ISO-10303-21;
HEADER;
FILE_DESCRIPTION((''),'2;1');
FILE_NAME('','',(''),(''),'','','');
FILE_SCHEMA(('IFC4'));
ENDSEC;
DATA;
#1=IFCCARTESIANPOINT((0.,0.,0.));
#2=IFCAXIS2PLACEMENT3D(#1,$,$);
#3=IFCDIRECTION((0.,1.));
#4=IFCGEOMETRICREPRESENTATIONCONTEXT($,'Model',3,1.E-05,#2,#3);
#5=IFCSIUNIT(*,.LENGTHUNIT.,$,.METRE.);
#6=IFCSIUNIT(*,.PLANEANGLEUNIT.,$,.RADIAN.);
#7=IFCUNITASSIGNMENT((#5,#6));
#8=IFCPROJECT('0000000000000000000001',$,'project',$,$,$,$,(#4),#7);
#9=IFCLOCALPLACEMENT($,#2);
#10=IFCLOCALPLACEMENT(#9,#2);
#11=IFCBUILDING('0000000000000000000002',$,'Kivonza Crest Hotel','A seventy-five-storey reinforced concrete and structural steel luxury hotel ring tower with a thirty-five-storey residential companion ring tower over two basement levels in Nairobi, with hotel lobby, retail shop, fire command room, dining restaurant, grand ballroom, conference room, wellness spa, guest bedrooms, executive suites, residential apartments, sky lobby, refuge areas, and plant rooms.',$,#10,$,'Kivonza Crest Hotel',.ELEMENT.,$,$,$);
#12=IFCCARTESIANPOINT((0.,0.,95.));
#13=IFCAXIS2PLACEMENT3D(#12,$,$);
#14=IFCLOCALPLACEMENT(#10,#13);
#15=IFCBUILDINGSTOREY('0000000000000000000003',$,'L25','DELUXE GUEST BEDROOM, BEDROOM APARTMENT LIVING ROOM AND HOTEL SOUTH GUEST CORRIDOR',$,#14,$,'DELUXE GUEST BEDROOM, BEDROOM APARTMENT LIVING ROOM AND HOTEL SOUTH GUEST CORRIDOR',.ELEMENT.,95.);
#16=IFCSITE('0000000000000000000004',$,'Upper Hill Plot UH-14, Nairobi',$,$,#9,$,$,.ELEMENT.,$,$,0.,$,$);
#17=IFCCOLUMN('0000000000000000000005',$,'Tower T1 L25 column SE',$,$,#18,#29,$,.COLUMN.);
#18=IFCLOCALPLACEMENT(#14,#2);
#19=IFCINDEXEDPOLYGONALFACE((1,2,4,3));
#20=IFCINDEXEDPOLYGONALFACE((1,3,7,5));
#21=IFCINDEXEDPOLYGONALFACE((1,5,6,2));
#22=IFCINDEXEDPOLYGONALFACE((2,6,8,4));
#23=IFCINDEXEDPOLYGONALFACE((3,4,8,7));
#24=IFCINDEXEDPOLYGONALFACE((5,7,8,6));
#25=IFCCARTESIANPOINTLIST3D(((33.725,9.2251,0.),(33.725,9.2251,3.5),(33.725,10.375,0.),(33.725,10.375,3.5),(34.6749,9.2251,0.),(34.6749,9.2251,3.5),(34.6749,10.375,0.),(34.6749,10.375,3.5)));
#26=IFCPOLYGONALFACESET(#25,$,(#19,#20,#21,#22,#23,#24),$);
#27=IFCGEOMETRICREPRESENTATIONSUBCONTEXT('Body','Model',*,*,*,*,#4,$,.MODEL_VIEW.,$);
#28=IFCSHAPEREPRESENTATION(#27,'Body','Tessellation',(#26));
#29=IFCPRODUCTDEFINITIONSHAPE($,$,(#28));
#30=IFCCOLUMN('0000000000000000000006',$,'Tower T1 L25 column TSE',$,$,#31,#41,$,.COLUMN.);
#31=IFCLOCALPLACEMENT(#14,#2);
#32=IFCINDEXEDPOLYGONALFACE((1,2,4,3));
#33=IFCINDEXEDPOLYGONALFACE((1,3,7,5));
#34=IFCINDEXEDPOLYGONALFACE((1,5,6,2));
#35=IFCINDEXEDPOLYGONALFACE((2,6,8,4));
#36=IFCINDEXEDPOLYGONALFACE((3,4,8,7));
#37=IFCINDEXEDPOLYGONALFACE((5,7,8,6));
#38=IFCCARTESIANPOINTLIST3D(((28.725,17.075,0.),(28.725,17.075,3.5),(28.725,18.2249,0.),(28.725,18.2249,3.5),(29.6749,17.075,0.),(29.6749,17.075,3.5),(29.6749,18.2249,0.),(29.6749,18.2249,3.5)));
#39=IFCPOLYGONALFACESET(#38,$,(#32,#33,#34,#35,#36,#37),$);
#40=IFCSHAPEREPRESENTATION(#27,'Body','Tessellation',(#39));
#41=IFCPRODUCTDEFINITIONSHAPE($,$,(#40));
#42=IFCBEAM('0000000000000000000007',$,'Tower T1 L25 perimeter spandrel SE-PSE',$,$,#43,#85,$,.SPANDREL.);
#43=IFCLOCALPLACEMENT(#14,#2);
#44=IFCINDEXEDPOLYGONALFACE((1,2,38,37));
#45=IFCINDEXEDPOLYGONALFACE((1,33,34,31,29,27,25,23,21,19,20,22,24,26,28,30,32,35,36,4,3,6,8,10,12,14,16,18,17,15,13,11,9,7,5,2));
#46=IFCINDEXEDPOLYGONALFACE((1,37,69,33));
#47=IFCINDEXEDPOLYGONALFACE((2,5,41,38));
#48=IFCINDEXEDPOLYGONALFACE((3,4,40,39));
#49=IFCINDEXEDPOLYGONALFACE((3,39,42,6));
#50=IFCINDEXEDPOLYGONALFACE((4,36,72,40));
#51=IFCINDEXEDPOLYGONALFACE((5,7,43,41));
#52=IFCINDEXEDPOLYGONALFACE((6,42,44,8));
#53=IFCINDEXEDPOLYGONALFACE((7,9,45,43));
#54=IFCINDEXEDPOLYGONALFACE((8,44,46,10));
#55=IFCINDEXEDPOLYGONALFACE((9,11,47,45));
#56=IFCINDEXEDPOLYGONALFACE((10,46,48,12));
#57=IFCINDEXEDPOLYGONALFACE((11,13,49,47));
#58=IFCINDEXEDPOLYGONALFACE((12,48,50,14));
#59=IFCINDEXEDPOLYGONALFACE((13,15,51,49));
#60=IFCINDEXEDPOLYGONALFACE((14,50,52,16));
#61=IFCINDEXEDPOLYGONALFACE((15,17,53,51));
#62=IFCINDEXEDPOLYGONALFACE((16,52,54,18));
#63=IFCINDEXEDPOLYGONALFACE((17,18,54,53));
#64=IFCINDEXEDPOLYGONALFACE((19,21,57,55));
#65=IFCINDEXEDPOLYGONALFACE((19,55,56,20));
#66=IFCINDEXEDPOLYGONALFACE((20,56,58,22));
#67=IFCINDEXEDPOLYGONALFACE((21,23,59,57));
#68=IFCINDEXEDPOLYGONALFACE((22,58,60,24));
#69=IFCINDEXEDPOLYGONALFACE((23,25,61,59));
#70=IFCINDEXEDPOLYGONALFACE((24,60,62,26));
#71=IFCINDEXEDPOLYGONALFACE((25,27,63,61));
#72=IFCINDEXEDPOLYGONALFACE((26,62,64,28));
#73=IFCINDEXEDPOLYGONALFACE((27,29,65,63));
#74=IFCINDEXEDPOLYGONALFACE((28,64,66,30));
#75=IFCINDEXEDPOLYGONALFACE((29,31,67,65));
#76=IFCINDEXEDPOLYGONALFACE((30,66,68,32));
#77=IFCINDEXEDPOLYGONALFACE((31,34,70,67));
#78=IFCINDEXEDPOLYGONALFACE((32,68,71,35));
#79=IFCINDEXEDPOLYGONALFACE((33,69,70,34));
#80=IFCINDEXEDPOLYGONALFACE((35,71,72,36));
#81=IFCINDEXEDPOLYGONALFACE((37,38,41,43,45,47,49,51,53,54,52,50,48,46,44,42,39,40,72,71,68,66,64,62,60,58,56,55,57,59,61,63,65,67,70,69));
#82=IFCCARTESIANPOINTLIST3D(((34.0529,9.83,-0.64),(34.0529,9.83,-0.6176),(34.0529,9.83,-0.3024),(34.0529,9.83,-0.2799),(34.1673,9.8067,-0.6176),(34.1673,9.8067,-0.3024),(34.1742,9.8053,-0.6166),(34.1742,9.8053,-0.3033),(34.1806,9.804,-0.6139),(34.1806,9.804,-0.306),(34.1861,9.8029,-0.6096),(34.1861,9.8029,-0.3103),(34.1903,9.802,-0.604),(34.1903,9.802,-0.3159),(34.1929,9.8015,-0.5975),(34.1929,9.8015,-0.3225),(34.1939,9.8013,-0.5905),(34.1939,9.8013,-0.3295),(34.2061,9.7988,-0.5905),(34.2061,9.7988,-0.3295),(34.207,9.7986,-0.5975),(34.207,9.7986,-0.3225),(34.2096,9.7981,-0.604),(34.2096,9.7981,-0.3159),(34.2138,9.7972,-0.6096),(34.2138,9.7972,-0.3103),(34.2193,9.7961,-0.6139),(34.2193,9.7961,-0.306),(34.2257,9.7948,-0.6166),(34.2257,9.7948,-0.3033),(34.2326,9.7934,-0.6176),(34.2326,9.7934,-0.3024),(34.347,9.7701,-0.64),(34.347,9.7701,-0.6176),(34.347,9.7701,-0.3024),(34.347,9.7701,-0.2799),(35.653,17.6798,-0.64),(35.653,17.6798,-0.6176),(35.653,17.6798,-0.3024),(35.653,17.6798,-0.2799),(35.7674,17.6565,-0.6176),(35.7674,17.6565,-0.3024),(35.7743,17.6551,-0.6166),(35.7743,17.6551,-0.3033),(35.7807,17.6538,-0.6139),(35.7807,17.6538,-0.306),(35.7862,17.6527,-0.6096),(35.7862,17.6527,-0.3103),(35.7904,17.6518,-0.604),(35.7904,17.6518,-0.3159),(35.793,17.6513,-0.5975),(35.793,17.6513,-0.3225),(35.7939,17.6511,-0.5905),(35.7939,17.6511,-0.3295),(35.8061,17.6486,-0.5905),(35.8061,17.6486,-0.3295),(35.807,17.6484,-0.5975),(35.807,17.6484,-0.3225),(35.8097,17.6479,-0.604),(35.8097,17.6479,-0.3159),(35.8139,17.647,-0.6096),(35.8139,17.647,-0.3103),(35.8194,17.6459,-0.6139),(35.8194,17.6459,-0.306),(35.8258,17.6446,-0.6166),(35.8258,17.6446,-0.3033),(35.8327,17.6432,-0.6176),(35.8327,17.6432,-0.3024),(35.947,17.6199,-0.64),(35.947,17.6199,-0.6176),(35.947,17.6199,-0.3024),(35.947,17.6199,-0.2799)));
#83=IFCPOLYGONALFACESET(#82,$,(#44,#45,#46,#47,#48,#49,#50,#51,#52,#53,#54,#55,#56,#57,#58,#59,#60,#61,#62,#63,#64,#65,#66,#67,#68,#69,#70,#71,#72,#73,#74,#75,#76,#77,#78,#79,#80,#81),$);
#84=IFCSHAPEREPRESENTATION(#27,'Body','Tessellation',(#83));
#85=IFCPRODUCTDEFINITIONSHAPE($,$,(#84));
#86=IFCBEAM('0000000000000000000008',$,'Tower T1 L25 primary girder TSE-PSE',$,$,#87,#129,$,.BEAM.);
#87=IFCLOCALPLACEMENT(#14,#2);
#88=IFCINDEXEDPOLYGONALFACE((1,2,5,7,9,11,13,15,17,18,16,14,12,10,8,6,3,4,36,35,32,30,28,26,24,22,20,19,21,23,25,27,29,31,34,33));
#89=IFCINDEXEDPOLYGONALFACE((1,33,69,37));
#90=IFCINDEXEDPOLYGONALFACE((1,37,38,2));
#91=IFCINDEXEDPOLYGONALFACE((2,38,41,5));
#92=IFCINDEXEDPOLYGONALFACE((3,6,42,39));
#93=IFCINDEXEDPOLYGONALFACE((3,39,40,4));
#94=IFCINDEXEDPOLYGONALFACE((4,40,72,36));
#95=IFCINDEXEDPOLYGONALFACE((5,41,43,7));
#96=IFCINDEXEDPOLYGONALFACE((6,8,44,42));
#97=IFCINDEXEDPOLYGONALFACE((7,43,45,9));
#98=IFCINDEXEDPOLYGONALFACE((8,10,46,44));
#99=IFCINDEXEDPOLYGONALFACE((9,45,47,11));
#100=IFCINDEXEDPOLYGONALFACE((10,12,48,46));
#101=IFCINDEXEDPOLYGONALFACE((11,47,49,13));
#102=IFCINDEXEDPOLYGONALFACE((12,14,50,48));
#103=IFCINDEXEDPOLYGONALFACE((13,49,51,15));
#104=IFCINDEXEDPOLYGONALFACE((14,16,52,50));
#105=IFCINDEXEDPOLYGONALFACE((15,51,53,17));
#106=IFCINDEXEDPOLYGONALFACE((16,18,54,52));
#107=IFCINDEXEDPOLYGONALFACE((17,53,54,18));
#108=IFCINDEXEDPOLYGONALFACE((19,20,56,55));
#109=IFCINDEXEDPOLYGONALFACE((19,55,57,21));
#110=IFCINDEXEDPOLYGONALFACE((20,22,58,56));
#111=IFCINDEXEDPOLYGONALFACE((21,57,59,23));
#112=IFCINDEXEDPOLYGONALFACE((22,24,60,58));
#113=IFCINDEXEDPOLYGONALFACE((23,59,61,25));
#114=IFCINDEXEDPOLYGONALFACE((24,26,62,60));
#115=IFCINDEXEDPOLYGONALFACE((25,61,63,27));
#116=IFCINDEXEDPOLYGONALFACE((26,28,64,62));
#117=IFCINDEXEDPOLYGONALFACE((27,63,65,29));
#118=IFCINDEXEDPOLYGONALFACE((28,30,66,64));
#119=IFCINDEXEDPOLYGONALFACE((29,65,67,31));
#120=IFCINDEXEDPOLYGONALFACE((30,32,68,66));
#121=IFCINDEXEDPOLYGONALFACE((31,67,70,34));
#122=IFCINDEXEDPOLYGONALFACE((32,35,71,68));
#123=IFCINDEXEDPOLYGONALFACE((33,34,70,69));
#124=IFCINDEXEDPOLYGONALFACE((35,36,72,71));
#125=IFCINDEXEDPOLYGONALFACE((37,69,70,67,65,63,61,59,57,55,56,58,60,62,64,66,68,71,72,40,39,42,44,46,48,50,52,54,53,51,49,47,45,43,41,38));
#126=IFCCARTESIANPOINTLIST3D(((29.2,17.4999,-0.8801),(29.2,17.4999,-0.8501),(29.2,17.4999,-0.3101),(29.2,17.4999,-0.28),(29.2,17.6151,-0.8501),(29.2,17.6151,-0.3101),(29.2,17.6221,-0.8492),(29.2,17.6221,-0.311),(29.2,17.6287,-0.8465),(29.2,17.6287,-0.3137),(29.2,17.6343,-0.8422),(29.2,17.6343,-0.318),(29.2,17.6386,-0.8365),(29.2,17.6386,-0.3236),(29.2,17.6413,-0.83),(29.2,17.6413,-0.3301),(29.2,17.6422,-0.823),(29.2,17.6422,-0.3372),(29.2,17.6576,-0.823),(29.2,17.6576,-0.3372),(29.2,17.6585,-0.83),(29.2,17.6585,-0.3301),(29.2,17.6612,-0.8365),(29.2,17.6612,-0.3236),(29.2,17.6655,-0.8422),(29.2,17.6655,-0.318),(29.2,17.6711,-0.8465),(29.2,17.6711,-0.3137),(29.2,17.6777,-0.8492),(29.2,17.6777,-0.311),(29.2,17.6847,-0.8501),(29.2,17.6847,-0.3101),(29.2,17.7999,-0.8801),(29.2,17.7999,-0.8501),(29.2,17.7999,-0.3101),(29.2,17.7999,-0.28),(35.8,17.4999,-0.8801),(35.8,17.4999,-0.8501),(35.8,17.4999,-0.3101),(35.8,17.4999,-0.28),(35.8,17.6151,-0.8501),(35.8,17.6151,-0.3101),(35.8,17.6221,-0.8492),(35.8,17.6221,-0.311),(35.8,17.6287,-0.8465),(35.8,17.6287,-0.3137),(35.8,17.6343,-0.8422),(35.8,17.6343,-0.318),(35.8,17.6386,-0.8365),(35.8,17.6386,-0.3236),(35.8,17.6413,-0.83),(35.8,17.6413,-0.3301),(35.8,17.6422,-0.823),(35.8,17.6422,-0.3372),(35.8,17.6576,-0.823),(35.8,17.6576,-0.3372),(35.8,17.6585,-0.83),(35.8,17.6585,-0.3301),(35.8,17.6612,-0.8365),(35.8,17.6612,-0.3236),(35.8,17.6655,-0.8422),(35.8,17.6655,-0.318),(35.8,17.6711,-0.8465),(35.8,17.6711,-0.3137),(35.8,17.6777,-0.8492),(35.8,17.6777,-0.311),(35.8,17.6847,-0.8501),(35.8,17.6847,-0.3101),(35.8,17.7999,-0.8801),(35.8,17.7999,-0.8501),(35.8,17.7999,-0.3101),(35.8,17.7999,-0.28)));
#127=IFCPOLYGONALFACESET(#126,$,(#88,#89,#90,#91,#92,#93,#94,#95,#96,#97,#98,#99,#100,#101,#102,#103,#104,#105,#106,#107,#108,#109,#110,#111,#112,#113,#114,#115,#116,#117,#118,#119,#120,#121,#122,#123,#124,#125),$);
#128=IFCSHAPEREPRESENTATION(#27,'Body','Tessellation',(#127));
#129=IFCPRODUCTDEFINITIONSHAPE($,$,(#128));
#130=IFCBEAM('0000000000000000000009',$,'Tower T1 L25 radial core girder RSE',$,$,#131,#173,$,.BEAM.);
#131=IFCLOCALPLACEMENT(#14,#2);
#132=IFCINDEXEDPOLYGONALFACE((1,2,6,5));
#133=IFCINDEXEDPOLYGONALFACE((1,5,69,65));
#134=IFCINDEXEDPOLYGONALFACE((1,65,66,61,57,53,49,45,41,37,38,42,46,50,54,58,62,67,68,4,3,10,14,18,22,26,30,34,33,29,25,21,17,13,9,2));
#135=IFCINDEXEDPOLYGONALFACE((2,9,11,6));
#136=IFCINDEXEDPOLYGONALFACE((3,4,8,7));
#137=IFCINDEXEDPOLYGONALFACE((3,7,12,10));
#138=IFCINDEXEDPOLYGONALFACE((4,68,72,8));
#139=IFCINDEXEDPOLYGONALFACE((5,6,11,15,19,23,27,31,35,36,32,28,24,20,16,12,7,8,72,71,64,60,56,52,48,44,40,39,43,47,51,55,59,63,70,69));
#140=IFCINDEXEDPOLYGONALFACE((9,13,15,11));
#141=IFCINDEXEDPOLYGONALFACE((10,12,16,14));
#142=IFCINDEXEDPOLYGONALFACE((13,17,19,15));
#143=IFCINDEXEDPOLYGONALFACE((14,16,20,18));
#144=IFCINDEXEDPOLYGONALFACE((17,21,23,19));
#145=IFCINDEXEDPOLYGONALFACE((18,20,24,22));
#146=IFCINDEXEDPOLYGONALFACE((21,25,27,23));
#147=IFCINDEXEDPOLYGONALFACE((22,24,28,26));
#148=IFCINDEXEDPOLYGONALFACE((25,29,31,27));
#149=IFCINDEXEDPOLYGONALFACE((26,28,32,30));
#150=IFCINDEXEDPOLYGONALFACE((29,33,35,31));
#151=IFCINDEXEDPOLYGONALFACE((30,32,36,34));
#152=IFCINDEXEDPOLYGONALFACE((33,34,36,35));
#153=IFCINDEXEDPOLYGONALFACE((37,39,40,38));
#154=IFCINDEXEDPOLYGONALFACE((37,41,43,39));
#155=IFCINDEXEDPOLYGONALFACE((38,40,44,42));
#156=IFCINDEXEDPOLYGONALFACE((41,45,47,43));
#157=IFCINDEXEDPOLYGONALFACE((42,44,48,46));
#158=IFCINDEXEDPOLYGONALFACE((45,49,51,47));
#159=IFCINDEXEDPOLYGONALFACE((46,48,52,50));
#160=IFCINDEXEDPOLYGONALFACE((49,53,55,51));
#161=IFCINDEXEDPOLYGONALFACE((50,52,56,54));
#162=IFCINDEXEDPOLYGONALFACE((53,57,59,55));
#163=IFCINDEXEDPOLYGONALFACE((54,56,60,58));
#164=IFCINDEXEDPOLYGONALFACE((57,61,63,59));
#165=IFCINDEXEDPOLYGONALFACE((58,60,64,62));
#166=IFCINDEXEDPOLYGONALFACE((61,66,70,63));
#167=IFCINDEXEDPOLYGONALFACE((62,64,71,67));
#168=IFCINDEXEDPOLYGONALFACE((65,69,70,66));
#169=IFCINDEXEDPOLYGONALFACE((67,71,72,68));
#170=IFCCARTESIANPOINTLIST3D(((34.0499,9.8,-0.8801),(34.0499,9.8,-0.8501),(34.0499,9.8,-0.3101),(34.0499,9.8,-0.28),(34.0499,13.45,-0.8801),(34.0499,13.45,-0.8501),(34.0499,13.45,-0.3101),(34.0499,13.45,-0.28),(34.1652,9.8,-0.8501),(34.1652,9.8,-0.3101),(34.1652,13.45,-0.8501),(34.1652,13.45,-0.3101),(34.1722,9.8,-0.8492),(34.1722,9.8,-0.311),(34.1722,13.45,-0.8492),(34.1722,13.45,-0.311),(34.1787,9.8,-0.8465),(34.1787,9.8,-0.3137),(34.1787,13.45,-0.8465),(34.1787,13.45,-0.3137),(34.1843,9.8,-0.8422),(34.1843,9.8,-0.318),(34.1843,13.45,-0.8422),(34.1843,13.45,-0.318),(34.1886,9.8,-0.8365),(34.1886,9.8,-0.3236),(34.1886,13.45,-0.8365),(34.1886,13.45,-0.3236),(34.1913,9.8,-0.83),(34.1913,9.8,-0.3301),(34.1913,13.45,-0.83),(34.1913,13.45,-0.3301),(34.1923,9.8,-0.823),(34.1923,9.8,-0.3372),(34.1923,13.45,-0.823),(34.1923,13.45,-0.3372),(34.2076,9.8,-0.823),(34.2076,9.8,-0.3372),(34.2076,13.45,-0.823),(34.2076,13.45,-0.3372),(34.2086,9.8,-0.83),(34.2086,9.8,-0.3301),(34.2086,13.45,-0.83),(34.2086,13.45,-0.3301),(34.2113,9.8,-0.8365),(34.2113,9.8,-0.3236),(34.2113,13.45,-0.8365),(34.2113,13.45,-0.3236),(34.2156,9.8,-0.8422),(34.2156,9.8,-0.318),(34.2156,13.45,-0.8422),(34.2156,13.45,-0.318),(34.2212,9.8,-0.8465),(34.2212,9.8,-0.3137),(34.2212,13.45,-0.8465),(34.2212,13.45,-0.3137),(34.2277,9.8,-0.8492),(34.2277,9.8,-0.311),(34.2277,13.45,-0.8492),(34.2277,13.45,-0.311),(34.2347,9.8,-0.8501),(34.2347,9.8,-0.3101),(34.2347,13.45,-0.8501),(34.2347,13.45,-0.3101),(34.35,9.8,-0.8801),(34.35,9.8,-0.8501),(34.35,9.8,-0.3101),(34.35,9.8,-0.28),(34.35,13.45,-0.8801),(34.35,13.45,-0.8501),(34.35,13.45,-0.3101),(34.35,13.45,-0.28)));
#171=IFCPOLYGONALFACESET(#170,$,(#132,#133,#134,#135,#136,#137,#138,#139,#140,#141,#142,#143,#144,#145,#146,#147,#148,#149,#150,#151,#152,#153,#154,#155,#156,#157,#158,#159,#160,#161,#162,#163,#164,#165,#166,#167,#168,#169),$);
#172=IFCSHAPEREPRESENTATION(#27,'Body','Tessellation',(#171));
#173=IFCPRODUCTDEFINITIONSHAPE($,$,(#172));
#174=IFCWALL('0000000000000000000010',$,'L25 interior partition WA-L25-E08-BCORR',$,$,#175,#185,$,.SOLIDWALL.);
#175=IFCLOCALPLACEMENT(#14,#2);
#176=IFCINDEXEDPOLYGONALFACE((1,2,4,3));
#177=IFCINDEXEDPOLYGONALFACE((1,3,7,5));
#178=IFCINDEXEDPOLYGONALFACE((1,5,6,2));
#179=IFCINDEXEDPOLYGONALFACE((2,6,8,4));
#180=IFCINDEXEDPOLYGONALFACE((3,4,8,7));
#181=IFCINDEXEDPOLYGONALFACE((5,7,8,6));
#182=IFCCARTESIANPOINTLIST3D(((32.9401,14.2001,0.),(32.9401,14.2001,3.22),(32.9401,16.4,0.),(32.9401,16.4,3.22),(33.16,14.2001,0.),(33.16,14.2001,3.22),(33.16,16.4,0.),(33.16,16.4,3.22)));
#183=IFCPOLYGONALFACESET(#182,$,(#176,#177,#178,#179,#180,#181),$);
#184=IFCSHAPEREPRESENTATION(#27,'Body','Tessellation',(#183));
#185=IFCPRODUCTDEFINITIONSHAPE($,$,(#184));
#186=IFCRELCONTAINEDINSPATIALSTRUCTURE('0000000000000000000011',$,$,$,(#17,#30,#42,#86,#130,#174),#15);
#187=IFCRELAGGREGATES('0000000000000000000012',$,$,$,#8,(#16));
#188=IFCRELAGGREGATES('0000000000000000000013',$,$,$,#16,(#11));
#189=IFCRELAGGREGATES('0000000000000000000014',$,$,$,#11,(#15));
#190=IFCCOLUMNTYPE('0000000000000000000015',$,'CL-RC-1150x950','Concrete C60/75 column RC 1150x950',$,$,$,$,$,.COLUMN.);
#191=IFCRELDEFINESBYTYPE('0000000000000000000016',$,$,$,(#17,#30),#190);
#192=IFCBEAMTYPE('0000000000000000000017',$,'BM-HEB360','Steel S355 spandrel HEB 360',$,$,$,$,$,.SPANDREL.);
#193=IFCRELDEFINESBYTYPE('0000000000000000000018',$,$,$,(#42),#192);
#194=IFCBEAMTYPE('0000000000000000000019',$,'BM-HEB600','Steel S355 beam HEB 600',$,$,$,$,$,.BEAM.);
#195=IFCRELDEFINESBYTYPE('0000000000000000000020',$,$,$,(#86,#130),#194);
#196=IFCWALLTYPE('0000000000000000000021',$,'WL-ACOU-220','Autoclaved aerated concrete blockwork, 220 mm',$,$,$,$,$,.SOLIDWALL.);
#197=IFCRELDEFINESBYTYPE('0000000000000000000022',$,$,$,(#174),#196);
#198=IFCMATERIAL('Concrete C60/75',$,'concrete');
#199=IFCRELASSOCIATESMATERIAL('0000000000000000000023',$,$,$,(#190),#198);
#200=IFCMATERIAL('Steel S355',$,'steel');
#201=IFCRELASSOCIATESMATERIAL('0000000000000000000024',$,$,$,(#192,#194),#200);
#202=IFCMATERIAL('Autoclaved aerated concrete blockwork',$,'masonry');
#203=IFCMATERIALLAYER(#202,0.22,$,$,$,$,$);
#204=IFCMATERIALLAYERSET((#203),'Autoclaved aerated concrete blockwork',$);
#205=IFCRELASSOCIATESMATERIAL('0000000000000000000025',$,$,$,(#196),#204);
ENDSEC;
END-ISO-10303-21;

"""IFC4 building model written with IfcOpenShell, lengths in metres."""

from ifc_helpers import new_model, si_unit, direction, frame, frame_2d, origin, origin_2d, place, context, subcontext, project, spatial, rectangle, i_section, extrude, material, layer, layer_set, material_profile, profile_set, type_object, element, save


model = new_model("IFC4")

# Units and contexts
model_context = context("Model", 3, precision=1e-05, world=origin(), true_north=direction((0.0, 1.0)))
body_context = subcontext(model_context, "Body", "Model", "MODEL_VIEW")
ifc_project = project(units=[si_unit("LENGTHUNIT", "METRE"), si_unit("PLANEANGLEUNIT", "RADIAN")], contexts=[model_context])

# Site, building, storey
site_placement = place(None, origin())
site = spatial("IfcSite", under=ifc_project, at=site_placement, Name="Upper Hill Plot UH-14, Nairobi", CompositionType="ELEMENT", RefElevation=0.0)
building_placement = place(site_placement, origin())
building = spatial("IfcBuilding", under=site, at=building_placement, Name="Kivonza Crest Hotel", Description="A seventy-five-storey reinforced concrete and structural steel luxury hotel ring tower with a thirty-five-storey residential companion ring tower over two basement levels in Nairobi, with hotel lobby, retail shop, fire command room, dining restaurant, grand ballroom, conference room, wellness spa, guest bedrooms, executive suites, residential apartments, sky lobby, refuge areas, and plant rooms.", LongName="Kivonza Crest Hotel", CompositionType="ELEMENT")
storey_placement = place(building_placement, frame((0.0, 0.0, 95.0)))
storey = spatial("IfcBuildingStorey", under=building, at=storey_placement, Name="L25", Description="DELUXE GUEST BEDROOM, BEDROOM APARTMENT LIVING ROOM AND HOTEL SOUTH GUEST CORRIDOR", LongName="DELUXE GUEST BEDROOM, BEDROOM APARTMENT LIVING ROOM AND HOTEL SOUTH GUEST CORRIDOR", CompositionType="ELEMENT", Elevation=95.0)

# Columns
ifc_material_1 = material(Name="Concrete C60/75", Category="concrete")
ifc_material_profile_1 = material_profile(ifc_material_1, rectangle(XDim=0.95, YDim=1.1499, at=origin_2d()), Name="RC 1150x950")
ifc_profile_set_1 = profile_set([ifc_material_profile_1], Name="Concrete C60/75")
column_type = type_object("IfcColumnType", Name="CL-RC-1150x950", Description="Concrete C60/75 column RC 1150x950", PredefinedType="COLUMN", material=ifc_profile_set_1)
for number, where, z_axis, x_axis, name in (
    (1, (34.2, 9.8, 0.0), (0.0, 0.0, 1.0), (1.0, 0.0, 0.0), "Tower T1 L25 column SE"),
    (2, (29.2, 17.6499, 0.0), (0.0, 0.0, 1.0), (1.0, 0.0, 0.0), "Tower T1 L25 column TSE"),
):
    element("IfcColumn", number, at=place(storey_placement, frame(where, z_axis=z_axis, x_axis=x_axis)), inside=storey, type_object=column_type, Name=name, PredefinedType="COLUMN", context=body_context, shape_type="SweptSolid", body=[
        extrude(rectangle(XDim=0.95, YDim=1.1499, at=origin_2d()), origin(), (0.0, 0.0, 1.0), 3.5),
    ])

# Beams
ifc_material_2 = material(Name="Steel S355", Category="steel")
ifc_material_profile_2 = material_profile(ifc_material_2, i_section(OverallWidth=0.3, OverallDepth=0.3601, WebThickness=0.0125, FlangeThickness=0.0225, FilletRadius=0.0271, at=origin_2d()), Name="HEB 360")
ifc_profile_set_2 = profile_set([ifc_material_profile_2], Name="Steel S355")
beam_type_1 = type_object("IfcBeamType", Name="BM-HEB360", Description="Steel S355 spandrel HEB 360", PredefinedType="SPANDREL", material=ifc_profile_set_2)
beam_1_placement = place(storey_placement, frame((34.2, 9.8, -0.46), z_axis=(0.199731, 0.979851, 0.0), x_axis=(-0.979851, 0.199731, 0.0)))
element("IfcBeam", 3, at=beam_1_placement, inside=storey, type_object=beam_type_1, Name="Tower T1 L25 perimeter spandrel SE-PSE", PredefinedType="SPANDREL", context=body_context, shape_type="SweptSolid", body=[
    extrude(i_section(OverallWidth=0.3, OverallDepth=0.3601, WebThickness=0.0125, FlangeThickness=0.0225, FilletRadius=0.0271, at=origin_2d()), origin(), (0.0, 0.0, 1.0), 8.0112),
])
ifc_material_profile_3 = material_profile(ifc_material_2, i_section(OverallWidth=0.3, OverallDepth=0.6001, WebThickness=0.0154, FlangeThickness=0.03, FilletRadius=0.0271, at=origin_2d()), Name="HEB 600")
ifc_profile_set_3 = profile_set([ifc_material_profile_3], Name="Steel S355")
beam_type_2 = type_object("IfcBeamType", Name="BM-HEB600", Description="Steel S355 beam HEB 600", PredefinedType="BEAM", material=ifc_profile_set_3)
beam_2_placement = place(storey_placement, frame((29.2, 17.6499, -0.5801), z_axis=(1.0, 0.0, 0.0), x_axis=(0.0, 1.0, 0.0)))
element("IfcBeam", 4, at=beam_2_placement, inside=storey, type_object=beam_type_2, Name="Tower T1 L25 primary girder TSE-PSE", PredefinedType="BEAM", context=body_context, shape_type="SweptSolid", body=[
    extrude(i_section(OverallWidth=0.3, OverallDepth=0.6001, WebThickness=0.0154, FlangeThickness=0.03, FilletRadius=0.0271, at=origin_2d()), origin(), (0.0, 0.0, 1.0), 6.6001),
])
beam_3_placement = place(storey_placement, frame((34.2, 9.8, -0.5801), z_axis=(0.0, 1.0, 0.0), x_axis=(-1.0, 0.0, 0.0)))
element("IfcBeam", 5, at=beam_3_placement, inside=storey, type_object=beam_type_2, Name="Tower T1 L25 radial core girder RSE", PredefinedType="BEAM", context=body_context, shape_type="SweptSolid", body=[
    extrude(i_section(OverallWidth=0.3, OverallDepth=0.6001, WebThickness=0.0154, FlangeThickness=0.03, FilletRadius=0.0271, at=origin_2d()), origin(), (0.0, 0.0, 1.0), 3.6499),
])

# Wall
ifc_material_3 = material(Name="Autoclaved aerated concrete blockwork", Category="masonry")
ifc_layer_1 = layer(ifc_material_3, 0.22)
ifc_layer_set_1 = layer_set([ifc_layer_1], Name="Autoclaved aerated concrete blockwork")
wall_type_1 = type_object("IfcWallType", Name="WL-ACOU-220", Description="Autoclaved aerated concrete blockwork, 220 mm", PredefinedType="SOLIDWALL", material=ifc_layer_set_1)
wall_1_placement = place(storey_placement, frame((33.05, 14.2, 0.0), z_axis=(0.0, 0.0, 1.0), x_axis=(0.0, 1.0, 0.0)))
element("IfcWall", 6, at=wall_1_placement, inside=storey, type_object=wall_type_1, Name="L25 interior partition WA-L25-E08-BCORR", PredefinedType="SOLIDWALL", context=body_context, shape_type="SweptSolid", body=[
    extrude(rectangle(XDim=2.2, YDim=0.22, at=frame_2d((1.1001, 0.0))), origin(), (0.0, 0.0, 1.0), 3.22),
])

save(model, "model.ifc")
